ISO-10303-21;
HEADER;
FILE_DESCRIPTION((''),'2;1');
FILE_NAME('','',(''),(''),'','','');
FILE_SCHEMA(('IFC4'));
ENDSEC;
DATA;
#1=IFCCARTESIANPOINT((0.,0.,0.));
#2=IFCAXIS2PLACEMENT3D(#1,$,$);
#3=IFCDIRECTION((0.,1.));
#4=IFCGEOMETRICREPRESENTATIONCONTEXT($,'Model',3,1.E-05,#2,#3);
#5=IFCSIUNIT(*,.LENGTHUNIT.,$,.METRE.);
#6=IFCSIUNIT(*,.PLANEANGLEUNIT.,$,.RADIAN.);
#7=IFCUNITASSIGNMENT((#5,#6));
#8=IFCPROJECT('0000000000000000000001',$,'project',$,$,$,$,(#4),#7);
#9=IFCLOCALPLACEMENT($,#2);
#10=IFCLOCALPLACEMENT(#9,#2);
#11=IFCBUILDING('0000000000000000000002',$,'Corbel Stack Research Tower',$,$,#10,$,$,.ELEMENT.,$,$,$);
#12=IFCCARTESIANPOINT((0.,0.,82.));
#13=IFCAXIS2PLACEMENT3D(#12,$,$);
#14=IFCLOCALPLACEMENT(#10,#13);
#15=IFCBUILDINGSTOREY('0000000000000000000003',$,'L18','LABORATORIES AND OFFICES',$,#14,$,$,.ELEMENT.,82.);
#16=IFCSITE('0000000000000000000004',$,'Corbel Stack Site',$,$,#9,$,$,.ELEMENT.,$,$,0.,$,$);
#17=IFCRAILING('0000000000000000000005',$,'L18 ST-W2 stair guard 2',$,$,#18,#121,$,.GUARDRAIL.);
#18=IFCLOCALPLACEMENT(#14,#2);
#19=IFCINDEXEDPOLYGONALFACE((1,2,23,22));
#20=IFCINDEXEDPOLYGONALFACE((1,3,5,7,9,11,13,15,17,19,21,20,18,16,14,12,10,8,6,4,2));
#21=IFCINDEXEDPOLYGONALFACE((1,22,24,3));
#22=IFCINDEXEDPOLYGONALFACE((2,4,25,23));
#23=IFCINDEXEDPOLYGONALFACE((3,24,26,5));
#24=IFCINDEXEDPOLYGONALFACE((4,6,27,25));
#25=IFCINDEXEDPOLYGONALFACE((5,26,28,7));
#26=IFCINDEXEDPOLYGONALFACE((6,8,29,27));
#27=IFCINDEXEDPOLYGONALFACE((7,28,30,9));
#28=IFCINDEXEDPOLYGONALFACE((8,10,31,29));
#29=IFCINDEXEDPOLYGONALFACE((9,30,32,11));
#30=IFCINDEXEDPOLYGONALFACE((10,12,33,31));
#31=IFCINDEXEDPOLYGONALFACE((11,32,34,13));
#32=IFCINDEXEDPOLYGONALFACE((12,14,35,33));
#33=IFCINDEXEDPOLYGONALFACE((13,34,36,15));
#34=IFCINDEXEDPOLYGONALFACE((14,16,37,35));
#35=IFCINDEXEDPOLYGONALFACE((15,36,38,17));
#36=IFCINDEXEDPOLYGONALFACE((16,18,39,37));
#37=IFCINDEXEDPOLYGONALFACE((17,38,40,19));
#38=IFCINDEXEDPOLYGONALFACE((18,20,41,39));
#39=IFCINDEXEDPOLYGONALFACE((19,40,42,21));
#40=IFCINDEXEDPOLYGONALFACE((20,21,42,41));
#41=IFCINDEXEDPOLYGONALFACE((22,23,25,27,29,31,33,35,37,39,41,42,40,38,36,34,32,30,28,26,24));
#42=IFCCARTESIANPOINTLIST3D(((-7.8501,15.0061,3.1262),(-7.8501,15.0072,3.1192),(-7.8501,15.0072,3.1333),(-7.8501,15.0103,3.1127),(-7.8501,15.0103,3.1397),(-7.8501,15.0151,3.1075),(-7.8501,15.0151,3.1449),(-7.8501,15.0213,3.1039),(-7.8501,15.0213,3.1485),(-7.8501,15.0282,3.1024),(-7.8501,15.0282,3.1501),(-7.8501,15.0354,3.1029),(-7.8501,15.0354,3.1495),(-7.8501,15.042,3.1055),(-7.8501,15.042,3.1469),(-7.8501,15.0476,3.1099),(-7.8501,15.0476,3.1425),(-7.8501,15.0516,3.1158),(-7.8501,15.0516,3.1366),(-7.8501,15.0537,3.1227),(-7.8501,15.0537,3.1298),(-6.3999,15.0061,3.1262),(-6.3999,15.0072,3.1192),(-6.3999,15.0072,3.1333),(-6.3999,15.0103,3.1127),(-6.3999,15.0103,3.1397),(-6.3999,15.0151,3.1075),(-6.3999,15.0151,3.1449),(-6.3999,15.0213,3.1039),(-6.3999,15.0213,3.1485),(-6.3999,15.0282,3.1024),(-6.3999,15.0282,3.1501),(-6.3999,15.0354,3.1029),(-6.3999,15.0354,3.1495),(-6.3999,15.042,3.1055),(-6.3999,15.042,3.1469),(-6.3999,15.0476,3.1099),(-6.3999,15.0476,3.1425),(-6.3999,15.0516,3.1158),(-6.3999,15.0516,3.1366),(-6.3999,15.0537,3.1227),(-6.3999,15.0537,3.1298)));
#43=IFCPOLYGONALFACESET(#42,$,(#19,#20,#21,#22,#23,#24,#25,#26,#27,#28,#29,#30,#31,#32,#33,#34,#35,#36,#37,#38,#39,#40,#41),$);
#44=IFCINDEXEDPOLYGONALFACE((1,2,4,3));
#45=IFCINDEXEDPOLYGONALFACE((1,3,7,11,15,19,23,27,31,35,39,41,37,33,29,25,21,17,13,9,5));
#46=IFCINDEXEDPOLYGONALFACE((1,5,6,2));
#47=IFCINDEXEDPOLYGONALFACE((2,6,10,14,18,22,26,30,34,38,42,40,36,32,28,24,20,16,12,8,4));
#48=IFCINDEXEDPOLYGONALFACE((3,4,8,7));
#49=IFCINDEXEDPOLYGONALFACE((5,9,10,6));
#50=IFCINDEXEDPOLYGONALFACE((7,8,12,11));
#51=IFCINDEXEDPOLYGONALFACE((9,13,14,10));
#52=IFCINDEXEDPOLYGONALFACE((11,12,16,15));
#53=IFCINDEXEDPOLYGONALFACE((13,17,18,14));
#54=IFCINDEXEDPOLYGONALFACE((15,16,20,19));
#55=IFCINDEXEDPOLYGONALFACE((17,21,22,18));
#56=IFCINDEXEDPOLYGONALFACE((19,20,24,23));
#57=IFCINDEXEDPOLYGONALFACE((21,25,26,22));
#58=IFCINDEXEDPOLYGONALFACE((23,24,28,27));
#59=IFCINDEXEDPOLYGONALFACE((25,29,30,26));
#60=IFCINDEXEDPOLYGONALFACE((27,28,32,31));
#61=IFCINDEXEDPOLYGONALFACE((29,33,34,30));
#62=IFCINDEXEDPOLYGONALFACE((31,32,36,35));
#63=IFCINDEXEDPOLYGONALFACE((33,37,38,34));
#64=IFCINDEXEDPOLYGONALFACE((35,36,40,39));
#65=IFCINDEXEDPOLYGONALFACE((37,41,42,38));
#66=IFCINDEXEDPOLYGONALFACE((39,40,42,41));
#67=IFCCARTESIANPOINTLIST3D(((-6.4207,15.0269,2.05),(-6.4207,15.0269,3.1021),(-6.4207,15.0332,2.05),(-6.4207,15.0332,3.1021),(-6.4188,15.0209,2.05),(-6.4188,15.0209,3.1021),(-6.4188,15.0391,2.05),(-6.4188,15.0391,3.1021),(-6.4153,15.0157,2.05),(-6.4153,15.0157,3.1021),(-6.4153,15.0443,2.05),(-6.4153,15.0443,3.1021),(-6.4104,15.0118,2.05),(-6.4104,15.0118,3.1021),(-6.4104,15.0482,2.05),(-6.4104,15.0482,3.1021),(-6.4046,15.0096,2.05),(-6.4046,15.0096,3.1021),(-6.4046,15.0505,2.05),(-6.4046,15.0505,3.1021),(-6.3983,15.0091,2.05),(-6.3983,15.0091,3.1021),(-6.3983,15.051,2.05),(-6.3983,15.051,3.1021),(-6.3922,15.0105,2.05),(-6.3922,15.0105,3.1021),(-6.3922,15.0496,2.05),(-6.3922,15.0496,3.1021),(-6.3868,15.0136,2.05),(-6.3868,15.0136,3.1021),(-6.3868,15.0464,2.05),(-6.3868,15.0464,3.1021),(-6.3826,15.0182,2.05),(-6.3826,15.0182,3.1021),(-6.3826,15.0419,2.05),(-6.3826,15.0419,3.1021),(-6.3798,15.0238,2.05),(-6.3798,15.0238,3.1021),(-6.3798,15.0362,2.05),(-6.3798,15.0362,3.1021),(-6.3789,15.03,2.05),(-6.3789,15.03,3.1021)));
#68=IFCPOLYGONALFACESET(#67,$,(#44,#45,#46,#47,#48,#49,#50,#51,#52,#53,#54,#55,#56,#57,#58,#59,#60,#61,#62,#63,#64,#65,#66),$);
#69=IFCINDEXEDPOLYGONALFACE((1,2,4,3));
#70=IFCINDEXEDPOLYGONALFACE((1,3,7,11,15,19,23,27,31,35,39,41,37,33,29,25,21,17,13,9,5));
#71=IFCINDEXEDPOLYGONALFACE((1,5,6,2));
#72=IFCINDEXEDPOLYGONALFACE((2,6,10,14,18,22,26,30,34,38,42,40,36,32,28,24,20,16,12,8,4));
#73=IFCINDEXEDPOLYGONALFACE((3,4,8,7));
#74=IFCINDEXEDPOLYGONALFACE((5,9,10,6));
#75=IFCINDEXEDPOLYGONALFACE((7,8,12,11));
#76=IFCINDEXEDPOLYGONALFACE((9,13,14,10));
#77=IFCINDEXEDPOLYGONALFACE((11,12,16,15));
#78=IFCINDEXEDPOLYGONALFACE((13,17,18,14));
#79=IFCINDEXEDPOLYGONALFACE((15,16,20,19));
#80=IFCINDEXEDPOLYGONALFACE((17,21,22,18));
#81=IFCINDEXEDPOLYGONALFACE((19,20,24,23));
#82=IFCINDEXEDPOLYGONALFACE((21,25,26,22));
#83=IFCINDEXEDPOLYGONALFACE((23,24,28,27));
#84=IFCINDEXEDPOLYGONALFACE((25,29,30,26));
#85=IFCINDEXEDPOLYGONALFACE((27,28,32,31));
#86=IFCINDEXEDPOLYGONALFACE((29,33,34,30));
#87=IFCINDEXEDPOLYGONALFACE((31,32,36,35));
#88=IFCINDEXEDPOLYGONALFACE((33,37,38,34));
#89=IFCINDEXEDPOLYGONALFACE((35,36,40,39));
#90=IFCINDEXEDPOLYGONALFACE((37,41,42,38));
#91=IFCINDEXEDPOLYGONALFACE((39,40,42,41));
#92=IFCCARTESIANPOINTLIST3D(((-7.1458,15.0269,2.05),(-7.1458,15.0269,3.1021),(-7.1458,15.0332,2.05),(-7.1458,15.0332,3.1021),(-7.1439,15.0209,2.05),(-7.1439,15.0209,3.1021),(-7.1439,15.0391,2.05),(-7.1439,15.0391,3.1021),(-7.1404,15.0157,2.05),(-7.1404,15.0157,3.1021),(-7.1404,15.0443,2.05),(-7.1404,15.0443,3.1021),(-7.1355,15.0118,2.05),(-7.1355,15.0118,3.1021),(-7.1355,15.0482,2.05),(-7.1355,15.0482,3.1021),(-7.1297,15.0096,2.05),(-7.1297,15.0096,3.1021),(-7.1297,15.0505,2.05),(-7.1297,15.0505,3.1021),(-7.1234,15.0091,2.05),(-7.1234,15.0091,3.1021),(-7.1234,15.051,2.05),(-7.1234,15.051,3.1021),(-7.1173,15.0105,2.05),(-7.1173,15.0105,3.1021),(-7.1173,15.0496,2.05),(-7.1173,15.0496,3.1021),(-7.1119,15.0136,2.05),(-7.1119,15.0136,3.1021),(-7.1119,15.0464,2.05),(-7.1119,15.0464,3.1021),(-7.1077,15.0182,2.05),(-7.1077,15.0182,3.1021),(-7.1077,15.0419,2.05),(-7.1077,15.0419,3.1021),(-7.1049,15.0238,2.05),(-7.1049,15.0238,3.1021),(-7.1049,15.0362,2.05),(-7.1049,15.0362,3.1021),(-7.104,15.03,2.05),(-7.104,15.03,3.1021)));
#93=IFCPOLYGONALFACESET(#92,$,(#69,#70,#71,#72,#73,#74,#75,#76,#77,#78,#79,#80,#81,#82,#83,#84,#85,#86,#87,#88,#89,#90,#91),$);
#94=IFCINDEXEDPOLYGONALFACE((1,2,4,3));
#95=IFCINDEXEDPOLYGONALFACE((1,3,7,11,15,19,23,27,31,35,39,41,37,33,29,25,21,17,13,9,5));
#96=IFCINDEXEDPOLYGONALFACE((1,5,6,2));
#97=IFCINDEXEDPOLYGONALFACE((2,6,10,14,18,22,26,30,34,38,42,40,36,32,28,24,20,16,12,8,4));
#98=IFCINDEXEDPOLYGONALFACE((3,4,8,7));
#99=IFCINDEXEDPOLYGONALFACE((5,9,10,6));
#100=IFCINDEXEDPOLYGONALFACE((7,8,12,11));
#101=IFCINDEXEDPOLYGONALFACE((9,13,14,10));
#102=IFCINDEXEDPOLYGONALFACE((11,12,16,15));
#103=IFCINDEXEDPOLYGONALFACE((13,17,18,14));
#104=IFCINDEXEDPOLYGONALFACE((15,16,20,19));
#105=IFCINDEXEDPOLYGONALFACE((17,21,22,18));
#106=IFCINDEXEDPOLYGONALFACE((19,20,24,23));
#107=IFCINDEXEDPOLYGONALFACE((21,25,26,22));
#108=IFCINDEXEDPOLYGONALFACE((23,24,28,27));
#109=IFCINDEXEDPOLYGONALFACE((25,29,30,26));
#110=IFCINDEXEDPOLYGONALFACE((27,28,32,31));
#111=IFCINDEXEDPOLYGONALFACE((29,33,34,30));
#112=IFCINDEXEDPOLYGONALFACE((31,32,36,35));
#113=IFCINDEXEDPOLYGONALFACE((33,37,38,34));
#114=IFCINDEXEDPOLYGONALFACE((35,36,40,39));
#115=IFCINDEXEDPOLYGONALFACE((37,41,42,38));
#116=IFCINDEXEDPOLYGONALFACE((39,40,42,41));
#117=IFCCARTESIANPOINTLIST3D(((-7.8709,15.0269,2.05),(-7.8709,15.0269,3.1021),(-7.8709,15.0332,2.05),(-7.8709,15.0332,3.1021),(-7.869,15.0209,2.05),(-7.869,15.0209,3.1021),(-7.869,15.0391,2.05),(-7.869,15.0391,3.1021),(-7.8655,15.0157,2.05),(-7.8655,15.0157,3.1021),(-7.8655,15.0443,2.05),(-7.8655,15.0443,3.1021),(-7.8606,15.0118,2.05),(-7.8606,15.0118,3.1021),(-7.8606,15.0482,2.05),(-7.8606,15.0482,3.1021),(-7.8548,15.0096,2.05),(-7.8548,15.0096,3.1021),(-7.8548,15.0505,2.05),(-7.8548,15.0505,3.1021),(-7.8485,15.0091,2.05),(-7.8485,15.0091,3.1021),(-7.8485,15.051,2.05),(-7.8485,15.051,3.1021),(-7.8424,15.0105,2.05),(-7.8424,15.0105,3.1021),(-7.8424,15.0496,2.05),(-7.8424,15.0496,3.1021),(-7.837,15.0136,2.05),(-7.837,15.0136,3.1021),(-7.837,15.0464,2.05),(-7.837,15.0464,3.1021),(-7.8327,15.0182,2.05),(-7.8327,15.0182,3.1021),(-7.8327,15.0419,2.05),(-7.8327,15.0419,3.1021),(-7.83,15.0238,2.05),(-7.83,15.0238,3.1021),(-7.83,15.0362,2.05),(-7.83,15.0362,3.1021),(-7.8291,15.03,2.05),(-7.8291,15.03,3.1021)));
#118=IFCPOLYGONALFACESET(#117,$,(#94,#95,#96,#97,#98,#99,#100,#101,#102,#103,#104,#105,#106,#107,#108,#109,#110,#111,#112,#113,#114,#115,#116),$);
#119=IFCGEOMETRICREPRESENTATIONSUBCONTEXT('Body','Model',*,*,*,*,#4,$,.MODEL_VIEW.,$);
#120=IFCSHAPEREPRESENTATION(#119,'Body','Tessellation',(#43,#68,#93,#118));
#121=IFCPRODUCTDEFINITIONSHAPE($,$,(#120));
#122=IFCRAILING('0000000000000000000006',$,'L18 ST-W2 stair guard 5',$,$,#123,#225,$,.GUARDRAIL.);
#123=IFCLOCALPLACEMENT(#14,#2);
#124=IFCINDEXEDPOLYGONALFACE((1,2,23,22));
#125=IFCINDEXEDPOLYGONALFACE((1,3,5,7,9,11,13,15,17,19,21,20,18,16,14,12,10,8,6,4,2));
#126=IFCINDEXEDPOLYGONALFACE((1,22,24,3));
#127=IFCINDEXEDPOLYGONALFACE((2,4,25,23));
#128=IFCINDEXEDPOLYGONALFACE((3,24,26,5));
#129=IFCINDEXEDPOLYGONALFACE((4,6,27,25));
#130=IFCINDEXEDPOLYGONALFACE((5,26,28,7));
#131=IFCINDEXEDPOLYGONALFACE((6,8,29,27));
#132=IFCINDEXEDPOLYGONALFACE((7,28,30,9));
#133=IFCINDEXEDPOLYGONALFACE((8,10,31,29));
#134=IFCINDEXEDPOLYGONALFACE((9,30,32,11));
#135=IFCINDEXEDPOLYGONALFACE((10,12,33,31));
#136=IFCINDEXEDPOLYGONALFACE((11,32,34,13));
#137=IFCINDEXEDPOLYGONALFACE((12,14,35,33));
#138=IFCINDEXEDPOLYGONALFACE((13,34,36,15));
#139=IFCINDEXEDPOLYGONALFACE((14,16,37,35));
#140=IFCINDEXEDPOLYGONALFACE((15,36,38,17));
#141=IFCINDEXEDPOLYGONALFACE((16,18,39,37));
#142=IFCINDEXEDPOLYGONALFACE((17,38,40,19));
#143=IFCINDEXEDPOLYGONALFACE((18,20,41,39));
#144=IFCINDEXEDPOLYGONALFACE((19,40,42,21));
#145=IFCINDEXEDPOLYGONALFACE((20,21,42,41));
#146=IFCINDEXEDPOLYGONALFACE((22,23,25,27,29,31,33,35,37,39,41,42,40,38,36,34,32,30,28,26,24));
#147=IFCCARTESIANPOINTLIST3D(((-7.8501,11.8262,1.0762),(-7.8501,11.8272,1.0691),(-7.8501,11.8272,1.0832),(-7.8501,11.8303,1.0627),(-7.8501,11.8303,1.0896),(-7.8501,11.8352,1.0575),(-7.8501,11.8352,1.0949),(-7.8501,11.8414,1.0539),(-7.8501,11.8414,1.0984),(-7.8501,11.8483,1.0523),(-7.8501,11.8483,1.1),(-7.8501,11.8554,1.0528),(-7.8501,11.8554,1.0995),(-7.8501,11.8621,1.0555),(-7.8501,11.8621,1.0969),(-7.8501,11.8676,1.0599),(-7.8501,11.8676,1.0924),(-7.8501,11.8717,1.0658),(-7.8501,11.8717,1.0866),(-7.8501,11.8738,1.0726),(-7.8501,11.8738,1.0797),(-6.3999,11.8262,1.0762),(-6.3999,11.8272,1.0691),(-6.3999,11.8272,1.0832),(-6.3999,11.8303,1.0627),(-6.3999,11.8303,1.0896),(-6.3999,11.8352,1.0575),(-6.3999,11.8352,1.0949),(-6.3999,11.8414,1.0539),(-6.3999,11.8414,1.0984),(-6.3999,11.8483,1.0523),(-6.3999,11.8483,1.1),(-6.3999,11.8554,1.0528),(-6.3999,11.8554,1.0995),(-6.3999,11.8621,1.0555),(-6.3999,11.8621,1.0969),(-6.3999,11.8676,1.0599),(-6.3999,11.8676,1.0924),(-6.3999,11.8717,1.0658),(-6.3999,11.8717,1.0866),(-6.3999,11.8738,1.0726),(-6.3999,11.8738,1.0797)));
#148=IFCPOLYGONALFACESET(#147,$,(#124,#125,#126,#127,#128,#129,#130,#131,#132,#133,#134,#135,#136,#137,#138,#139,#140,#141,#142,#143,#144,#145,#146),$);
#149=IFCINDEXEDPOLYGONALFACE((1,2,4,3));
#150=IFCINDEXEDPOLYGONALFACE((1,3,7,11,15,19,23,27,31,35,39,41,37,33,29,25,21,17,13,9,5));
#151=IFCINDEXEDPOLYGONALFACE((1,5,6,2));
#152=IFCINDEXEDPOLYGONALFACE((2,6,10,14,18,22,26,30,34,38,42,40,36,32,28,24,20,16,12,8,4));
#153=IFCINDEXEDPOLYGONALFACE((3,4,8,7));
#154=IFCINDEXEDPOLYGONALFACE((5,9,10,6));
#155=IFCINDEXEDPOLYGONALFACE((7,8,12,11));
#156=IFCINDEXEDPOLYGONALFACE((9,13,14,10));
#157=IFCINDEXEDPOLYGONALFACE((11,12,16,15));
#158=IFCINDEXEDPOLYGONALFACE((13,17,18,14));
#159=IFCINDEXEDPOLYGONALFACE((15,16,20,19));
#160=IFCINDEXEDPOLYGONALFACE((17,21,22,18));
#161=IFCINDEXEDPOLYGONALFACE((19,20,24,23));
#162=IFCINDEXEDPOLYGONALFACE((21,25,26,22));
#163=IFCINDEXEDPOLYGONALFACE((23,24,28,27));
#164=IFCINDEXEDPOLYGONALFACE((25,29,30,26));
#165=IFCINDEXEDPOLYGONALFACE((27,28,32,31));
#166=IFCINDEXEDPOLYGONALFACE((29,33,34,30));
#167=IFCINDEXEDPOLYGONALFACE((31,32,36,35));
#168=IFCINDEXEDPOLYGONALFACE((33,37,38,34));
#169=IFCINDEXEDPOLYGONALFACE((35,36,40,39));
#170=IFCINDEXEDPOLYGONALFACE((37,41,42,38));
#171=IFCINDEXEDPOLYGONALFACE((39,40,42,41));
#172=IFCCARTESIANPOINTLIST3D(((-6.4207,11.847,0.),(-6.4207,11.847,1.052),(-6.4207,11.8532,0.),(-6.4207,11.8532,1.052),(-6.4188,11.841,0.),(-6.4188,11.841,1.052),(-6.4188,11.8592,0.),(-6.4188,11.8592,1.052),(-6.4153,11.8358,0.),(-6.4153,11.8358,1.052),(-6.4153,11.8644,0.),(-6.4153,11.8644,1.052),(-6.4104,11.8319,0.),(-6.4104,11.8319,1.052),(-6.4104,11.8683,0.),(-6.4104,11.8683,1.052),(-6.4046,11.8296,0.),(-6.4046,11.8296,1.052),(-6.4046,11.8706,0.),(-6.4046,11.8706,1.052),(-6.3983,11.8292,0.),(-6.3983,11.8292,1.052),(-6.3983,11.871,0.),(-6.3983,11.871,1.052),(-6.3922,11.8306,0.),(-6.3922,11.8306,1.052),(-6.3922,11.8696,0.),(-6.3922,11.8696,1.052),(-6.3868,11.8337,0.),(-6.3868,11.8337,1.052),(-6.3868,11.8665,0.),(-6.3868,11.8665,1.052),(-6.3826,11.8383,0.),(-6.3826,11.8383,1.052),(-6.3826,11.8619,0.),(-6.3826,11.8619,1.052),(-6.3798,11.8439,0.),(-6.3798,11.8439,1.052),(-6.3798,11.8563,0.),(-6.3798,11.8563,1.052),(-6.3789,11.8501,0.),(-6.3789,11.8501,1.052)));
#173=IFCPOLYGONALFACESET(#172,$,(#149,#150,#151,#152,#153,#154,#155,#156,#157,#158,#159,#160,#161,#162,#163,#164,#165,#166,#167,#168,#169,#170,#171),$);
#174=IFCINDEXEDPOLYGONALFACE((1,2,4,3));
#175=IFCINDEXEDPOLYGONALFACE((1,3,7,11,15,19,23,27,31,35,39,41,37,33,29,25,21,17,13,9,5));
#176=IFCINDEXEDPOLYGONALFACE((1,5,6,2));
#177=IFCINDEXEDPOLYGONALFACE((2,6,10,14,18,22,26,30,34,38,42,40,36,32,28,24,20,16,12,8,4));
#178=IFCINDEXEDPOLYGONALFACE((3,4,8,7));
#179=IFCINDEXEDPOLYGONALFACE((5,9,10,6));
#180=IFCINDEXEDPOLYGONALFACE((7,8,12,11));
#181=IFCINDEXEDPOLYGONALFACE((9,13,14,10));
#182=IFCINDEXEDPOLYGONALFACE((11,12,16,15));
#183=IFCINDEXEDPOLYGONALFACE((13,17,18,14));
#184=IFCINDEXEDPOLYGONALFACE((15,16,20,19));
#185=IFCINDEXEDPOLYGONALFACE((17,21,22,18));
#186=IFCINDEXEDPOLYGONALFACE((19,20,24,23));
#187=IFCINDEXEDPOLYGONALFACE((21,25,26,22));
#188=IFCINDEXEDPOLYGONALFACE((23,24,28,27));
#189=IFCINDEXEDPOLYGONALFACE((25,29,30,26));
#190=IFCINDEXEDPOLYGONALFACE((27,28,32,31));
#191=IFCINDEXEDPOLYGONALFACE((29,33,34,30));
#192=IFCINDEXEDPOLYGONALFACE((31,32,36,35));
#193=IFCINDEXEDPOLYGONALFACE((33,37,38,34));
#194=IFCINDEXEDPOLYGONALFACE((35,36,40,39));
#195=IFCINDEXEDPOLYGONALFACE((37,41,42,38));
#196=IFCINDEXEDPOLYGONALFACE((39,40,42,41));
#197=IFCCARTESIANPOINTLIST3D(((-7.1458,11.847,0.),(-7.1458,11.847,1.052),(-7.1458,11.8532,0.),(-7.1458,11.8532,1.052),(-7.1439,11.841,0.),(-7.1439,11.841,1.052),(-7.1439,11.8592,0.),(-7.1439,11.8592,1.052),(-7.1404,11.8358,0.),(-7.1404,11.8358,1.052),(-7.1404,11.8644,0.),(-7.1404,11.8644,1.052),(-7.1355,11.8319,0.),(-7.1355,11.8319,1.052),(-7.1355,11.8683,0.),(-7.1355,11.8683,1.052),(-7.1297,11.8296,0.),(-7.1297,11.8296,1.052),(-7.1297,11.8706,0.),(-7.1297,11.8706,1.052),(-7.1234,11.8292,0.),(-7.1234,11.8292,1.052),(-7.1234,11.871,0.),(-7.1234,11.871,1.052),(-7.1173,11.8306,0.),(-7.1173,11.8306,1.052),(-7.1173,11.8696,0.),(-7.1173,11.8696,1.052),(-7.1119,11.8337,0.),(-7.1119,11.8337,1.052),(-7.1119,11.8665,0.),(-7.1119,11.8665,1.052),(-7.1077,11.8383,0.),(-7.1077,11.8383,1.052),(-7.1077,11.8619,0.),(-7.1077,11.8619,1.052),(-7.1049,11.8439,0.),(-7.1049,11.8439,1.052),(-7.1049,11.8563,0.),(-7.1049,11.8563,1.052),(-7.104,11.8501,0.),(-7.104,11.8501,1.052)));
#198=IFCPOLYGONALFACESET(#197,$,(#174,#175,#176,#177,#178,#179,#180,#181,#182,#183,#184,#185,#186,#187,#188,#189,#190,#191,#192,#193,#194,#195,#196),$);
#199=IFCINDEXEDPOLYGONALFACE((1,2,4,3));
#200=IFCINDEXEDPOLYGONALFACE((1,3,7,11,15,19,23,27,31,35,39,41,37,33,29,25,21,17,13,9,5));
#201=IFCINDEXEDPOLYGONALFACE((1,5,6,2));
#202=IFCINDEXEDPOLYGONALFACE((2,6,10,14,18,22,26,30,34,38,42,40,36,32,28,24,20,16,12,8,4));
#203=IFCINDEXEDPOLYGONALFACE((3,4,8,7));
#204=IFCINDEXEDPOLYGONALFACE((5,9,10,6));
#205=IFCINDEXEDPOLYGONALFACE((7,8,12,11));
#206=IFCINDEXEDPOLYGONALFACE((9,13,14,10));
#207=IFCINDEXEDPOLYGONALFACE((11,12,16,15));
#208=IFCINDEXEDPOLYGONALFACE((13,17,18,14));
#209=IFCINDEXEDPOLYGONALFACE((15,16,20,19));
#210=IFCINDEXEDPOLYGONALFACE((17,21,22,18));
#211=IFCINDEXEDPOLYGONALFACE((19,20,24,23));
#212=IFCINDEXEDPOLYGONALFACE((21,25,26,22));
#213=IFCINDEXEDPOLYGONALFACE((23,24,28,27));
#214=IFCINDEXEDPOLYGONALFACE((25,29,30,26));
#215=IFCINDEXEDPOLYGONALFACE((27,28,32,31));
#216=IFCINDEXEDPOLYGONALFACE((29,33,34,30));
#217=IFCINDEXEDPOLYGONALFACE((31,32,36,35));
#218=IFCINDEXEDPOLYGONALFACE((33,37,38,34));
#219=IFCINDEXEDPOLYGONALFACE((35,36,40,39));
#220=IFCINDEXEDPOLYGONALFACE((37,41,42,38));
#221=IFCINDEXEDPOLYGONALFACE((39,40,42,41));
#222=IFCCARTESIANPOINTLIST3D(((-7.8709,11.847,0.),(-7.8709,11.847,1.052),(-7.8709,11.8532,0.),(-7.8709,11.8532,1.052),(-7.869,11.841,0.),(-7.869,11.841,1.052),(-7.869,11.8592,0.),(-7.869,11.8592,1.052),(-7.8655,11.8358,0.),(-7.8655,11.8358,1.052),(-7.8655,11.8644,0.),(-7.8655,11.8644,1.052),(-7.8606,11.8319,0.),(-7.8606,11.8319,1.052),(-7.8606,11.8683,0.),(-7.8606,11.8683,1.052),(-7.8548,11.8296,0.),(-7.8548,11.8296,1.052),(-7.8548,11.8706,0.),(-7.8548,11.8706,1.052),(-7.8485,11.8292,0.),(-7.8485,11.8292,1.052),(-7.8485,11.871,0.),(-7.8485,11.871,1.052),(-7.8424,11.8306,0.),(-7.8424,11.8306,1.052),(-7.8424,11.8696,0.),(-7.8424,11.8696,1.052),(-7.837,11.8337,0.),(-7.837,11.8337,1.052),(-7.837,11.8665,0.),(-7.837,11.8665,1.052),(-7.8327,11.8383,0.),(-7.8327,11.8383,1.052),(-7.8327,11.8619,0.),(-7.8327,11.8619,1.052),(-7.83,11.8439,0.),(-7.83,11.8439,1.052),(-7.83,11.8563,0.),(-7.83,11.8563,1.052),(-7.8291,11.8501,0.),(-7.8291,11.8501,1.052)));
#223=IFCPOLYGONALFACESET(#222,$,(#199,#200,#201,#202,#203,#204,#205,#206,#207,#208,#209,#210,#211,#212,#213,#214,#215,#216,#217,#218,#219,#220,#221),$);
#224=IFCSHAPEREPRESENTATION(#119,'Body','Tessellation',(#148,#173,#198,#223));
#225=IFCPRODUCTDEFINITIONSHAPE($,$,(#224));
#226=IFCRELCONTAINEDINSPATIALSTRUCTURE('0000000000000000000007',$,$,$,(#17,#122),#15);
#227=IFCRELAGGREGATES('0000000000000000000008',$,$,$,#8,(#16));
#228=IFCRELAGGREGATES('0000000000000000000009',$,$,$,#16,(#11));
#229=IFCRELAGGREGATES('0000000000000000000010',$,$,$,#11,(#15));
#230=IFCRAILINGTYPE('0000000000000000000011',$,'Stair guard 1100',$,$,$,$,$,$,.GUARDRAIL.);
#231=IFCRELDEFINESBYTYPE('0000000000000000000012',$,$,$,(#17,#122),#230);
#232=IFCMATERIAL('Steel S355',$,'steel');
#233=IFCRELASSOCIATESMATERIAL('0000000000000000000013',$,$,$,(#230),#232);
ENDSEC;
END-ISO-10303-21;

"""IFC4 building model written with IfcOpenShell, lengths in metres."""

from ifc_helpers import new_model, si_unit, direction, frame, origin, origin_2d, place, context, subcontext, project, spatial, circle, extrude, material, type_object, element, save


model = new_model("IFC4")

# Units and contexts
model_context = context("Model", 3, precision=1e-05, world=origin(), true_north=direction((0.0, 1.0)))
body_context = subcontext(model_context, "Body", "Model", "MODEL_VIEW")
ifc_project = project(units=[si_unit("LENGTHUNIT", "METRE"), si_unit("PLANEANGLEUNIT", "RADIAN")], contexts=[model_context])

# Site, building, storey
site_placement = place(None, origin())
site = spatial("IfcSite", under=ifc_project, at=site_placement, Name="Corbel Stack Site", CompositionType="ELEMENT", RefElevation=0.0)
building_placement = place(site_placement, origin())
building = spatial("IfcBuilding", under=site, at=building_placement, Name="Corbel Stack Research Tower", CompositionType="ELEMENT")
storey_placement = place(building_placement, frame((0.0, 0.0, 82.0)))
storey = spatial("IfcBuildingStorey", under=building, at=storey_placement, Name="L18", Description="LABORATORIES AND OFFICES", CompositionType="ELEMENT", Elevation=82.0)

# Railings
ifc_material_1 = material(Name="Steel S355", Category="steel")
railing_type_1 = type_object("IfcRailingType", Name="Stair guard 1100", PredefinedType="GUARDRAIL", material=ifc_material_1)
for number, where, name in (
    (1, (-6.3999, 15.03, 2.05), "L18 ST-W2 stair guard 2"),
    (2, (-6.3999, 11.8501, 0.0), "L18 ST-W2 stair guard 5"),
):
    element("IfcRailing", number, at=place(storey_placement, frame(where)), inside=storey, type_object=railing_type_1, Name=name, PredefinedType="GUARDRAIL", context=body_context, shape_type="SweptSolid", body=[
        extrude(circle(Radius=0.0239, at=origin_2d()), frame((0.0, 0.0, 1.0762), z_axis=(-1.0, 0.0, 0.0), x_axis=(0.0, -1.0, 0.0)), (0.0, 0.0, 1.0), 1.4502),
        extrude(circle(Radius=0.021, at=origin_2d()), origin(), (0.0, 0.0, 1.0), 1.052),
        extrude(circle(Radius=0.021, at=origin_2d()), frame((-0.7251, 0.0, 0.0)), (0.0, 0.0, 1.0), 1.052),
        extrude(circle(Radius=0.021, at=origin_2d()), frame((-1.4502, 0.0, 0.0)), (0.0, 0.0, 1.0), 1.052),
    ])

save(model, "model.ifc")
